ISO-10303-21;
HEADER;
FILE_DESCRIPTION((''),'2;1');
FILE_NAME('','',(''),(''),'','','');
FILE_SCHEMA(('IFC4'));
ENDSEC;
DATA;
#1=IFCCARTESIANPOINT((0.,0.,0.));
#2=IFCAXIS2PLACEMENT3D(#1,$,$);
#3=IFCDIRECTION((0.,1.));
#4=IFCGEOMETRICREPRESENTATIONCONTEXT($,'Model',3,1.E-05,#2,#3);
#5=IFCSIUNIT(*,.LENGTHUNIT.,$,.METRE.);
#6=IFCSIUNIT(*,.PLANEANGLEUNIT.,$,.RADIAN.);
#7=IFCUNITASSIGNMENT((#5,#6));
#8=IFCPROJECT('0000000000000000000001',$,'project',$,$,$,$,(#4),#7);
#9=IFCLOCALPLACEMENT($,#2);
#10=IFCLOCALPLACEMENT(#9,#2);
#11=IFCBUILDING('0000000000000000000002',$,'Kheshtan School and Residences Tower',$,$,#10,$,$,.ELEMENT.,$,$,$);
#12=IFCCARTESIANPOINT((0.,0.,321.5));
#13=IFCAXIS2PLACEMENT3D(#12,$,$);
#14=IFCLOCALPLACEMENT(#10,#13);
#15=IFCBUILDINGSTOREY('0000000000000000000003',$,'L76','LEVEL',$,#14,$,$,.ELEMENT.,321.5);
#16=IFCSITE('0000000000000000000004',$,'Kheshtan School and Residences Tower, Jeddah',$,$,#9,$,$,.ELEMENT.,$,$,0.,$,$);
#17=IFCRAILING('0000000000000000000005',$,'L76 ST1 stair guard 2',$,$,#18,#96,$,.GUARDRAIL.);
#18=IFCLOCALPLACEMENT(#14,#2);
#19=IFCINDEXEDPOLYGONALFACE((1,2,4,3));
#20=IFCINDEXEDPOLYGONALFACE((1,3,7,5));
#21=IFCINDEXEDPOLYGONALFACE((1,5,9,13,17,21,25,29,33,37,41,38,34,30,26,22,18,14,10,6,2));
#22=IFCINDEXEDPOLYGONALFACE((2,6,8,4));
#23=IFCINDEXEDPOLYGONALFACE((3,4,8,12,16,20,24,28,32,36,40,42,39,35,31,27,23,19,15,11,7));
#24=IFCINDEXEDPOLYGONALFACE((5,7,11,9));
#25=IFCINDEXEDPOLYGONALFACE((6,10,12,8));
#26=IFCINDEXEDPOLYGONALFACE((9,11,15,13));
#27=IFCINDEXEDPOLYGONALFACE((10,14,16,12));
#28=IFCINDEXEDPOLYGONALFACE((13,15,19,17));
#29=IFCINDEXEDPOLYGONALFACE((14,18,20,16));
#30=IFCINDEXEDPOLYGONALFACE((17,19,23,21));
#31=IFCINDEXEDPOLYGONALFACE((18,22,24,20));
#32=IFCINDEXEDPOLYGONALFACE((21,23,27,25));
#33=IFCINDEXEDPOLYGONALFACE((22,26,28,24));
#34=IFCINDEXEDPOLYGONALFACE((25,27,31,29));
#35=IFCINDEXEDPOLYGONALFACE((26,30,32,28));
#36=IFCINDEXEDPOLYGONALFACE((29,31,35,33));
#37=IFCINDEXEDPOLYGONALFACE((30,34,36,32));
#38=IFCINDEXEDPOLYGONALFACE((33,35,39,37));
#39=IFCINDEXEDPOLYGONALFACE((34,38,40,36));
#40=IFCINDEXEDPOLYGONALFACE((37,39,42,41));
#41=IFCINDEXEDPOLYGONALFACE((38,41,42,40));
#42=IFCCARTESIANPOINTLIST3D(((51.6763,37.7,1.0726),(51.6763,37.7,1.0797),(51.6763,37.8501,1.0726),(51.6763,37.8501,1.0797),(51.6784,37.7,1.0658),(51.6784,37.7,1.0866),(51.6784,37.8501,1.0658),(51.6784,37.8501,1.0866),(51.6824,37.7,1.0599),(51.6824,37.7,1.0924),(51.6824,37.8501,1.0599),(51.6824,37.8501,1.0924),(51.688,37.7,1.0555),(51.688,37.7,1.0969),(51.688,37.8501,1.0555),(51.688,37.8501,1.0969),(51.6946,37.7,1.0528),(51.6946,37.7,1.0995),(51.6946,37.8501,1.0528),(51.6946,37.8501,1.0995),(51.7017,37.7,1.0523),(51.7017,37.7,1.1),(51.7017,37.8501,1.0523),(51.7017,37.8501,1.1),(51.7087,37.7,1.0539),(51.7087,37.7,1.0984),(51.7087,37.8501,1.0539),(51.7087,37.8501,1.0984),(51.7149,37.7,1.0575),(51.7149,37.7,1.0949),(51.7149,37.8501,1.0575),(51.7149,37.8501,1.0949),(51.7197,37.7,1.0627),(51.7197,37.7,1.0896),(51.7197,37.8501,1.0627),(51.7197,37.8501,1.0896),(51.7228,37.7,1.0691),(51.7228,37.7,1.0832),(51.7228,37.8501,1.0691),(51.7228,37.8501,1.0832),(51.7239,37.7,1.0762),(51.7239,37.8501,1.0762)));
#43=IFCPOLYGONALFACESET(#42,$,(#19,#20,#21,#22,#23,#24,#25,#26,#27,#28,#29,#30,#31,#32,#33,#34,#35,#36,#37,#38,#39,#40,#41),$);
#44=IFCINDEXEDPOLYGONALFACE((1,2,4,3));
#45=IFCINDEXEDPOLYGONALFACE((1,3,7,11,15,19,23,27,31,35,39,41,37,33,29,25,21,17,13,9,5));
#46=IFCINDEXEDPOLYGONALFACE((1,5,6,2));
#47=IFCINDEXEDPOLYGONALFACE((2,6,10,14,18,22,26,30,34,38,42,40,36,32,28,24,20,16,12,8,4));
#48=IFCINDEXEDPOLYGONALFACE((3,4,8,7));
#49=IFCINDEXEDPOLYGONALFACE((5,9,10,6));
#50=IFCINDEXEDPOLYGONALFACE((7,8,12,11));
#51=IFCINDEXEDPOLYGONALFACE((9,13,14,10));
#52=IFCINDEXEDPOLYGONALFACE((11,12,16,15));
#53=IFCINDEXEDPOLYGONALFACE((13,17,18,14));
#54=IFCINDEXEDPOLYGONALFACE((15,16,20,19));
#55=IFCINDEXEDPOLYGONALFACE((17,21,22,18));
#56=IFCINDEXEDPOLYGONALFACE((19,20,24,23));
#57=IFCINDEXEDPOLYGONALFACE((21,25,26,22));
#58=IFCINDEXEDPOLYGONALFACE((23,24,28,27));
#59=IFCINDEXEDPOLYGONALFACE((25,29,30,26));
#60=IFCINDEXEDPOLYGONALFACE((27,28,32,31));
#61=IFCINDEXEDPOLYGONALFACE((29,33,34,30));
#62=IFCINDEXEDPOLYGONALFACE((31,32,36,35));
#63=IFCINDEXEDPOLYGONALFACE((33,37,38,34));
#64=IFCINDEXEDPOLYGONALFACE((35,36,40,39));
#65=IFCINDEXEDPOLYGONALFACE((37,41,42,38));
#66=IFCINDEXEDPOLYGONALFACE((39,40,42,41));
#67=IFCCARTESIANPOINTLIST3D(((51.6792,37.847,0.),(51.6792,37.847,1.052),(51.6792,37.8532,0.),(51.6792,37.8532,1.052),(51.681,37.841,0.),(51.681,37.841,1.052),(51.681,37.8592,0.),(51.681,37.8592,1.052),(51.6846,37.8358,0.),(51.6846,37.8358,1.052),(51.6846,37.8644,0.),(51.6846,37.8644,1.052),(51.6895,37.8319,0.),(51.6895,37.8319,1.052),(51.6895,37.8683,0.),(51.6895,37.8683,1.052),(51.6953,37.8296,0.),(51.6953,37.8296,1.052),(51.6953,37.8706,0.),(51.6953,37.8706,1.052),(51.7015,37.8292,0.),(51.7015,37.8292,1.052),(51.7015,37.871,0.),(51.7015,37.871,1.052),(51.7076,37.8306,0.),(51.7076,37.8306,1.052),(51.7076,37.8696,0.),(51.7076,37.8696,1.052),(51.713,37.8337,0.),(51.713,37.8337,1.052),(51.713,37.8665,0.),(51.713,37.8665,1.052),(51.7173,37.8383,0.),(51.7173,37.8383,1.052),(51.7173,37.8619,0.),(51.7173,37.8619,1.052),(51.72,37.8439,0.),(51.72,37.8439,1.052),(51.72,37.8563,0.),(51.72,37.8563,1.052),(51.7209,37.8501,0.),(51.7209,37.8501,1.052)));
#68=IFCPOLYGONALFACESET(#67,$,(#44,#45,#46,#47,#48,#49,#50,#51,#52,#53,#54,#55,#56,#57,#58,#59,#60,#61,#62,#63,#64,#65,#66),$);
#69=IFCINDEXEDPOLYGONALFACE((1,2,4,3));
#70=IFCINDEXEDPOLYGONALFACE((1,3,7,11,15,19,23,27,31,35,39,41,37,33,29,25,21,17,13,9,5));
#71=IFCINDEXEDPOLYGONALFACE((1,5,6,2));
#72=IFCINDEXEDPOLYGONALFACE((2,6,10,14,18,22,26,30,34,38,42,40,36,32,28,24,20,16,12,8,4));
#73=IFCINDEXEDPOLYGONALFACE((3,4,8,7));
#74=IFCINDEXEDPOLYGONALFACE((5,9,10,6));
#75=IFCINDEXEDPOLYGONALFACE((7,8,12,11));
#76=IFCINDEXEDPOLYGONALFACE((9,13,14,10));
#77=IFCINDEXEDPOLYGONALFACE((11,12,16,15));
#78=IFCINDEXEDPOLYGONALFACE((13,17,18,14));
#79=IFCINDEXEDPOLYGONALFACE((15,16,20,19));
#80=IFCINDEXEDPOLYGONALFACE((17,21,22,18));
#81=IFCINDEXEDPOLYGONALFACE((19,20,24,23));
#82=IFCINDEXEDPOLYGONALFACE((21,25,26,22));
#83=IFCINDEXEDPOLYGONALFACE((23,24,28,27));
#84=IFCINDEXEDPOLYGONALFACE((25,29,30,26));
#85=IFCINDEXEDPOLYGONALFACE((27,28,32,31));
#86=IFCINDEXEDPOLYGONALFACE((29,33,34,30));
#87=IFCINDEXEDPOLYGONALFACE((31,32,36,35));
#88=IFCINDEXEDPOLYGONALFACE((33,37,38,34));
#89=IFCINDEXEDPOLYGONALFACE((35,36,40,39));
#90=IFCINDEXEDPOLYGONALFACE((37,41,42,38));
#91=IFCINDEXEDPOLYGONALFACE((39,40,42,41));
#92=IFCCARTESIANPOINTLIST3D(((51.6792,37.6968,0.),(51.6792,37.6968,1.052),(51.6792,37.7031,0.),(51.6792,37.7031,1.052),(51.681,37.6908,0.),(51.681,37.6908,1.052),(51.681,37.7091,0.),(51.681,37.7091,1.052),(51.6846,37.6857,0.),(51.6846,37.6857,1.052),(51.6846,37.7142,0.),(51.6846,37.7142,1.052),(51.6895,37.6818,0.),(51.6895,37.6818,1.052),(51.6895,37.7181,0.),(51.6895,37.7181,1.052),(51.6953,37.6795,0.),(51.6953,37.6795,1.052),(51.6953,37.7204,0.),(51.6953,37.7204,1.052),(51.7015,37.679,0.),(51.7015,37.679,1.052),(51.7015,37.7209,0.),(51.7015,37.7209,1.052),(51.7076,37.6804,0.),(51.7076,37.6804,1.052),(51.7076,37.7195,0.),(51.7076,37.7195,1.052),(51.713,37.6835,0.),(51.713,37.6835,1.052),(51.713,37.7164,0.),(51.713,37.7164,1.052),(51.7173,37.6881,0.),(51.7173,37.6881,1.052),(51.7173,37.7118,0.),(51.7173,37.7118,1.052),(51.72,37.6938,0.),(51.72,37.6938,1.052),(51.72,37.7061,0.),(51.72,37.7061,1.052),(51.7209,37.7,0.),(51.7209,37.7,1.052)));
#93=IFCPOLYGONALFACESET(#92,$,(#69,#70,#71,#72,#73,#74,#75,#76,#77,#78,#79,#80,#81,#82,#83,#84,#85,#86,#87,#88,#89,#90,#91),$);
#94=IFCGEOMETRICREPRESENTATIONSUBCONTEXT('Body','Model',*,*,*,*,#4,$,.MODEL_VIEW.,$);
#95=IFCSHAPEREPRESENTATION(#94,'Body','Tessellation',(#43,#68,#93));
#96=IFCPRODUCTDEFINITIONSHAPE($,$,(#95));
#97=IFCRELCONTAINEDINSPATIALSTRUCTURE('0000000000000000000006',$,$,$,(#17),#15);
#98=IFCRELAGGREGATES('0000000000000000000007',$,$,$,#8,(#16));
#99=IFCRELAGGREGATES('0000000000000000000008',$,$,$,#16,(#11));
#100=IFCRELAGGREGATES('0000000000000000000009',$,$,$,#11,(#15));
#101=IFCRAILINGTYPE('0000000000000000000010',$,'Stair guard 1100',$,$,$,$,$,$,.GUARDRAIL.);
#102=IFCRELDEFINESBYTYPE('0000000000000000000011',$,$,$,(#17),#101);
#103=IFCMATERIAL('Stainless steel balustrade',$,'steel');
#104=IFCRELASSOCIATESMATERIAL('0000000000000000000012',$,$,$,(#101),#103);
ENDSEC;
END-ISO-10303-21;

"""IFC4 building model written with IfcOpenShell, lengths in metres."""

from ifc_helpers import new_model, si_unit, direction, frame, origin, origin_2d, place, context, subcontext, project, spatial, circle, extrude, material, type_object, element, save


model = new_model("IFC4")

# Units and contexts
model_context = context("Model", 3, precision=1e-05, world=origin(), true_north=direction((0.0, 1.0)))
body_context = subcontext(model_context, "Body", "Model", "MODEL_VIEW")
ifc_project = project(units=[si_unit("LENGTHUNIT", "METRE"), si_unit("PLANEANGLEUNIT", "RADIAN")], contexts=[model_context])

# Site, building, storey
site_placement = place(None, origin())
site = spatial("IfcSite", under=ifc_project, at=site_placement, Name="Kheshtan School and Residences Tower, Jeddah", CompositionType="ELEMENT", RefElevation=0.0)
building_placement = place(site_placement, origin())
building = spatial("IfcBuilding", under=site, at=building_placement, Name="Kheshtan School and Residences Tower", CompositionType="ELEMENT")
storey_placement = place(building_placement, frame((0.0, 0.0, 321.5)))
storey = spatial("IfcBuildingStorey", under=building, at=storey_placement, Name="L76", Description="LEVEL", CompositionType="ELEMENT", Elevation=321.5)

# Railing
ifc_material_1 = material(Name="Stainless steel balustrade", Category="steel")
railing_type_1 = type_object("IfcRailingType", Name="Stair guard 1100", PredefinedType="GUARDRAIL", material=ifc_material_1)
railing_1_placement = place(storey_placement, frame((51.7, 37.8501, 0.0)))
element("IfcRailing", 1, at=railing_1_placement, inside=storey, type_object=railing_type_1, Name="L76 ST1 stair guard 2", PredefinedType="GUARDRAIL", context=body_context, shape_type="SweptSolid", body=[
    extrude(circle(Radius=0.0239, at=origin_2d()), frame((0.0, 0.0, 1.0762), z_axis=(0.0, -1.0, 0.0), x_axis=(1.0, 0.0, 0.0)), (0.0, 0.0, 1.0), 0.1501),
    extrude(circle(Radius=0.021, at=origin_2d()), origin(), (0.0, 0.0, 1.0), 1.052),
    extrude(circle(Radius=0.021, at=origin_2d()), frame((0.0, -0.1501, 0.0)), (0.0, 0.0, 1.0), 1.052),
])

save(model, "model.ifc")
